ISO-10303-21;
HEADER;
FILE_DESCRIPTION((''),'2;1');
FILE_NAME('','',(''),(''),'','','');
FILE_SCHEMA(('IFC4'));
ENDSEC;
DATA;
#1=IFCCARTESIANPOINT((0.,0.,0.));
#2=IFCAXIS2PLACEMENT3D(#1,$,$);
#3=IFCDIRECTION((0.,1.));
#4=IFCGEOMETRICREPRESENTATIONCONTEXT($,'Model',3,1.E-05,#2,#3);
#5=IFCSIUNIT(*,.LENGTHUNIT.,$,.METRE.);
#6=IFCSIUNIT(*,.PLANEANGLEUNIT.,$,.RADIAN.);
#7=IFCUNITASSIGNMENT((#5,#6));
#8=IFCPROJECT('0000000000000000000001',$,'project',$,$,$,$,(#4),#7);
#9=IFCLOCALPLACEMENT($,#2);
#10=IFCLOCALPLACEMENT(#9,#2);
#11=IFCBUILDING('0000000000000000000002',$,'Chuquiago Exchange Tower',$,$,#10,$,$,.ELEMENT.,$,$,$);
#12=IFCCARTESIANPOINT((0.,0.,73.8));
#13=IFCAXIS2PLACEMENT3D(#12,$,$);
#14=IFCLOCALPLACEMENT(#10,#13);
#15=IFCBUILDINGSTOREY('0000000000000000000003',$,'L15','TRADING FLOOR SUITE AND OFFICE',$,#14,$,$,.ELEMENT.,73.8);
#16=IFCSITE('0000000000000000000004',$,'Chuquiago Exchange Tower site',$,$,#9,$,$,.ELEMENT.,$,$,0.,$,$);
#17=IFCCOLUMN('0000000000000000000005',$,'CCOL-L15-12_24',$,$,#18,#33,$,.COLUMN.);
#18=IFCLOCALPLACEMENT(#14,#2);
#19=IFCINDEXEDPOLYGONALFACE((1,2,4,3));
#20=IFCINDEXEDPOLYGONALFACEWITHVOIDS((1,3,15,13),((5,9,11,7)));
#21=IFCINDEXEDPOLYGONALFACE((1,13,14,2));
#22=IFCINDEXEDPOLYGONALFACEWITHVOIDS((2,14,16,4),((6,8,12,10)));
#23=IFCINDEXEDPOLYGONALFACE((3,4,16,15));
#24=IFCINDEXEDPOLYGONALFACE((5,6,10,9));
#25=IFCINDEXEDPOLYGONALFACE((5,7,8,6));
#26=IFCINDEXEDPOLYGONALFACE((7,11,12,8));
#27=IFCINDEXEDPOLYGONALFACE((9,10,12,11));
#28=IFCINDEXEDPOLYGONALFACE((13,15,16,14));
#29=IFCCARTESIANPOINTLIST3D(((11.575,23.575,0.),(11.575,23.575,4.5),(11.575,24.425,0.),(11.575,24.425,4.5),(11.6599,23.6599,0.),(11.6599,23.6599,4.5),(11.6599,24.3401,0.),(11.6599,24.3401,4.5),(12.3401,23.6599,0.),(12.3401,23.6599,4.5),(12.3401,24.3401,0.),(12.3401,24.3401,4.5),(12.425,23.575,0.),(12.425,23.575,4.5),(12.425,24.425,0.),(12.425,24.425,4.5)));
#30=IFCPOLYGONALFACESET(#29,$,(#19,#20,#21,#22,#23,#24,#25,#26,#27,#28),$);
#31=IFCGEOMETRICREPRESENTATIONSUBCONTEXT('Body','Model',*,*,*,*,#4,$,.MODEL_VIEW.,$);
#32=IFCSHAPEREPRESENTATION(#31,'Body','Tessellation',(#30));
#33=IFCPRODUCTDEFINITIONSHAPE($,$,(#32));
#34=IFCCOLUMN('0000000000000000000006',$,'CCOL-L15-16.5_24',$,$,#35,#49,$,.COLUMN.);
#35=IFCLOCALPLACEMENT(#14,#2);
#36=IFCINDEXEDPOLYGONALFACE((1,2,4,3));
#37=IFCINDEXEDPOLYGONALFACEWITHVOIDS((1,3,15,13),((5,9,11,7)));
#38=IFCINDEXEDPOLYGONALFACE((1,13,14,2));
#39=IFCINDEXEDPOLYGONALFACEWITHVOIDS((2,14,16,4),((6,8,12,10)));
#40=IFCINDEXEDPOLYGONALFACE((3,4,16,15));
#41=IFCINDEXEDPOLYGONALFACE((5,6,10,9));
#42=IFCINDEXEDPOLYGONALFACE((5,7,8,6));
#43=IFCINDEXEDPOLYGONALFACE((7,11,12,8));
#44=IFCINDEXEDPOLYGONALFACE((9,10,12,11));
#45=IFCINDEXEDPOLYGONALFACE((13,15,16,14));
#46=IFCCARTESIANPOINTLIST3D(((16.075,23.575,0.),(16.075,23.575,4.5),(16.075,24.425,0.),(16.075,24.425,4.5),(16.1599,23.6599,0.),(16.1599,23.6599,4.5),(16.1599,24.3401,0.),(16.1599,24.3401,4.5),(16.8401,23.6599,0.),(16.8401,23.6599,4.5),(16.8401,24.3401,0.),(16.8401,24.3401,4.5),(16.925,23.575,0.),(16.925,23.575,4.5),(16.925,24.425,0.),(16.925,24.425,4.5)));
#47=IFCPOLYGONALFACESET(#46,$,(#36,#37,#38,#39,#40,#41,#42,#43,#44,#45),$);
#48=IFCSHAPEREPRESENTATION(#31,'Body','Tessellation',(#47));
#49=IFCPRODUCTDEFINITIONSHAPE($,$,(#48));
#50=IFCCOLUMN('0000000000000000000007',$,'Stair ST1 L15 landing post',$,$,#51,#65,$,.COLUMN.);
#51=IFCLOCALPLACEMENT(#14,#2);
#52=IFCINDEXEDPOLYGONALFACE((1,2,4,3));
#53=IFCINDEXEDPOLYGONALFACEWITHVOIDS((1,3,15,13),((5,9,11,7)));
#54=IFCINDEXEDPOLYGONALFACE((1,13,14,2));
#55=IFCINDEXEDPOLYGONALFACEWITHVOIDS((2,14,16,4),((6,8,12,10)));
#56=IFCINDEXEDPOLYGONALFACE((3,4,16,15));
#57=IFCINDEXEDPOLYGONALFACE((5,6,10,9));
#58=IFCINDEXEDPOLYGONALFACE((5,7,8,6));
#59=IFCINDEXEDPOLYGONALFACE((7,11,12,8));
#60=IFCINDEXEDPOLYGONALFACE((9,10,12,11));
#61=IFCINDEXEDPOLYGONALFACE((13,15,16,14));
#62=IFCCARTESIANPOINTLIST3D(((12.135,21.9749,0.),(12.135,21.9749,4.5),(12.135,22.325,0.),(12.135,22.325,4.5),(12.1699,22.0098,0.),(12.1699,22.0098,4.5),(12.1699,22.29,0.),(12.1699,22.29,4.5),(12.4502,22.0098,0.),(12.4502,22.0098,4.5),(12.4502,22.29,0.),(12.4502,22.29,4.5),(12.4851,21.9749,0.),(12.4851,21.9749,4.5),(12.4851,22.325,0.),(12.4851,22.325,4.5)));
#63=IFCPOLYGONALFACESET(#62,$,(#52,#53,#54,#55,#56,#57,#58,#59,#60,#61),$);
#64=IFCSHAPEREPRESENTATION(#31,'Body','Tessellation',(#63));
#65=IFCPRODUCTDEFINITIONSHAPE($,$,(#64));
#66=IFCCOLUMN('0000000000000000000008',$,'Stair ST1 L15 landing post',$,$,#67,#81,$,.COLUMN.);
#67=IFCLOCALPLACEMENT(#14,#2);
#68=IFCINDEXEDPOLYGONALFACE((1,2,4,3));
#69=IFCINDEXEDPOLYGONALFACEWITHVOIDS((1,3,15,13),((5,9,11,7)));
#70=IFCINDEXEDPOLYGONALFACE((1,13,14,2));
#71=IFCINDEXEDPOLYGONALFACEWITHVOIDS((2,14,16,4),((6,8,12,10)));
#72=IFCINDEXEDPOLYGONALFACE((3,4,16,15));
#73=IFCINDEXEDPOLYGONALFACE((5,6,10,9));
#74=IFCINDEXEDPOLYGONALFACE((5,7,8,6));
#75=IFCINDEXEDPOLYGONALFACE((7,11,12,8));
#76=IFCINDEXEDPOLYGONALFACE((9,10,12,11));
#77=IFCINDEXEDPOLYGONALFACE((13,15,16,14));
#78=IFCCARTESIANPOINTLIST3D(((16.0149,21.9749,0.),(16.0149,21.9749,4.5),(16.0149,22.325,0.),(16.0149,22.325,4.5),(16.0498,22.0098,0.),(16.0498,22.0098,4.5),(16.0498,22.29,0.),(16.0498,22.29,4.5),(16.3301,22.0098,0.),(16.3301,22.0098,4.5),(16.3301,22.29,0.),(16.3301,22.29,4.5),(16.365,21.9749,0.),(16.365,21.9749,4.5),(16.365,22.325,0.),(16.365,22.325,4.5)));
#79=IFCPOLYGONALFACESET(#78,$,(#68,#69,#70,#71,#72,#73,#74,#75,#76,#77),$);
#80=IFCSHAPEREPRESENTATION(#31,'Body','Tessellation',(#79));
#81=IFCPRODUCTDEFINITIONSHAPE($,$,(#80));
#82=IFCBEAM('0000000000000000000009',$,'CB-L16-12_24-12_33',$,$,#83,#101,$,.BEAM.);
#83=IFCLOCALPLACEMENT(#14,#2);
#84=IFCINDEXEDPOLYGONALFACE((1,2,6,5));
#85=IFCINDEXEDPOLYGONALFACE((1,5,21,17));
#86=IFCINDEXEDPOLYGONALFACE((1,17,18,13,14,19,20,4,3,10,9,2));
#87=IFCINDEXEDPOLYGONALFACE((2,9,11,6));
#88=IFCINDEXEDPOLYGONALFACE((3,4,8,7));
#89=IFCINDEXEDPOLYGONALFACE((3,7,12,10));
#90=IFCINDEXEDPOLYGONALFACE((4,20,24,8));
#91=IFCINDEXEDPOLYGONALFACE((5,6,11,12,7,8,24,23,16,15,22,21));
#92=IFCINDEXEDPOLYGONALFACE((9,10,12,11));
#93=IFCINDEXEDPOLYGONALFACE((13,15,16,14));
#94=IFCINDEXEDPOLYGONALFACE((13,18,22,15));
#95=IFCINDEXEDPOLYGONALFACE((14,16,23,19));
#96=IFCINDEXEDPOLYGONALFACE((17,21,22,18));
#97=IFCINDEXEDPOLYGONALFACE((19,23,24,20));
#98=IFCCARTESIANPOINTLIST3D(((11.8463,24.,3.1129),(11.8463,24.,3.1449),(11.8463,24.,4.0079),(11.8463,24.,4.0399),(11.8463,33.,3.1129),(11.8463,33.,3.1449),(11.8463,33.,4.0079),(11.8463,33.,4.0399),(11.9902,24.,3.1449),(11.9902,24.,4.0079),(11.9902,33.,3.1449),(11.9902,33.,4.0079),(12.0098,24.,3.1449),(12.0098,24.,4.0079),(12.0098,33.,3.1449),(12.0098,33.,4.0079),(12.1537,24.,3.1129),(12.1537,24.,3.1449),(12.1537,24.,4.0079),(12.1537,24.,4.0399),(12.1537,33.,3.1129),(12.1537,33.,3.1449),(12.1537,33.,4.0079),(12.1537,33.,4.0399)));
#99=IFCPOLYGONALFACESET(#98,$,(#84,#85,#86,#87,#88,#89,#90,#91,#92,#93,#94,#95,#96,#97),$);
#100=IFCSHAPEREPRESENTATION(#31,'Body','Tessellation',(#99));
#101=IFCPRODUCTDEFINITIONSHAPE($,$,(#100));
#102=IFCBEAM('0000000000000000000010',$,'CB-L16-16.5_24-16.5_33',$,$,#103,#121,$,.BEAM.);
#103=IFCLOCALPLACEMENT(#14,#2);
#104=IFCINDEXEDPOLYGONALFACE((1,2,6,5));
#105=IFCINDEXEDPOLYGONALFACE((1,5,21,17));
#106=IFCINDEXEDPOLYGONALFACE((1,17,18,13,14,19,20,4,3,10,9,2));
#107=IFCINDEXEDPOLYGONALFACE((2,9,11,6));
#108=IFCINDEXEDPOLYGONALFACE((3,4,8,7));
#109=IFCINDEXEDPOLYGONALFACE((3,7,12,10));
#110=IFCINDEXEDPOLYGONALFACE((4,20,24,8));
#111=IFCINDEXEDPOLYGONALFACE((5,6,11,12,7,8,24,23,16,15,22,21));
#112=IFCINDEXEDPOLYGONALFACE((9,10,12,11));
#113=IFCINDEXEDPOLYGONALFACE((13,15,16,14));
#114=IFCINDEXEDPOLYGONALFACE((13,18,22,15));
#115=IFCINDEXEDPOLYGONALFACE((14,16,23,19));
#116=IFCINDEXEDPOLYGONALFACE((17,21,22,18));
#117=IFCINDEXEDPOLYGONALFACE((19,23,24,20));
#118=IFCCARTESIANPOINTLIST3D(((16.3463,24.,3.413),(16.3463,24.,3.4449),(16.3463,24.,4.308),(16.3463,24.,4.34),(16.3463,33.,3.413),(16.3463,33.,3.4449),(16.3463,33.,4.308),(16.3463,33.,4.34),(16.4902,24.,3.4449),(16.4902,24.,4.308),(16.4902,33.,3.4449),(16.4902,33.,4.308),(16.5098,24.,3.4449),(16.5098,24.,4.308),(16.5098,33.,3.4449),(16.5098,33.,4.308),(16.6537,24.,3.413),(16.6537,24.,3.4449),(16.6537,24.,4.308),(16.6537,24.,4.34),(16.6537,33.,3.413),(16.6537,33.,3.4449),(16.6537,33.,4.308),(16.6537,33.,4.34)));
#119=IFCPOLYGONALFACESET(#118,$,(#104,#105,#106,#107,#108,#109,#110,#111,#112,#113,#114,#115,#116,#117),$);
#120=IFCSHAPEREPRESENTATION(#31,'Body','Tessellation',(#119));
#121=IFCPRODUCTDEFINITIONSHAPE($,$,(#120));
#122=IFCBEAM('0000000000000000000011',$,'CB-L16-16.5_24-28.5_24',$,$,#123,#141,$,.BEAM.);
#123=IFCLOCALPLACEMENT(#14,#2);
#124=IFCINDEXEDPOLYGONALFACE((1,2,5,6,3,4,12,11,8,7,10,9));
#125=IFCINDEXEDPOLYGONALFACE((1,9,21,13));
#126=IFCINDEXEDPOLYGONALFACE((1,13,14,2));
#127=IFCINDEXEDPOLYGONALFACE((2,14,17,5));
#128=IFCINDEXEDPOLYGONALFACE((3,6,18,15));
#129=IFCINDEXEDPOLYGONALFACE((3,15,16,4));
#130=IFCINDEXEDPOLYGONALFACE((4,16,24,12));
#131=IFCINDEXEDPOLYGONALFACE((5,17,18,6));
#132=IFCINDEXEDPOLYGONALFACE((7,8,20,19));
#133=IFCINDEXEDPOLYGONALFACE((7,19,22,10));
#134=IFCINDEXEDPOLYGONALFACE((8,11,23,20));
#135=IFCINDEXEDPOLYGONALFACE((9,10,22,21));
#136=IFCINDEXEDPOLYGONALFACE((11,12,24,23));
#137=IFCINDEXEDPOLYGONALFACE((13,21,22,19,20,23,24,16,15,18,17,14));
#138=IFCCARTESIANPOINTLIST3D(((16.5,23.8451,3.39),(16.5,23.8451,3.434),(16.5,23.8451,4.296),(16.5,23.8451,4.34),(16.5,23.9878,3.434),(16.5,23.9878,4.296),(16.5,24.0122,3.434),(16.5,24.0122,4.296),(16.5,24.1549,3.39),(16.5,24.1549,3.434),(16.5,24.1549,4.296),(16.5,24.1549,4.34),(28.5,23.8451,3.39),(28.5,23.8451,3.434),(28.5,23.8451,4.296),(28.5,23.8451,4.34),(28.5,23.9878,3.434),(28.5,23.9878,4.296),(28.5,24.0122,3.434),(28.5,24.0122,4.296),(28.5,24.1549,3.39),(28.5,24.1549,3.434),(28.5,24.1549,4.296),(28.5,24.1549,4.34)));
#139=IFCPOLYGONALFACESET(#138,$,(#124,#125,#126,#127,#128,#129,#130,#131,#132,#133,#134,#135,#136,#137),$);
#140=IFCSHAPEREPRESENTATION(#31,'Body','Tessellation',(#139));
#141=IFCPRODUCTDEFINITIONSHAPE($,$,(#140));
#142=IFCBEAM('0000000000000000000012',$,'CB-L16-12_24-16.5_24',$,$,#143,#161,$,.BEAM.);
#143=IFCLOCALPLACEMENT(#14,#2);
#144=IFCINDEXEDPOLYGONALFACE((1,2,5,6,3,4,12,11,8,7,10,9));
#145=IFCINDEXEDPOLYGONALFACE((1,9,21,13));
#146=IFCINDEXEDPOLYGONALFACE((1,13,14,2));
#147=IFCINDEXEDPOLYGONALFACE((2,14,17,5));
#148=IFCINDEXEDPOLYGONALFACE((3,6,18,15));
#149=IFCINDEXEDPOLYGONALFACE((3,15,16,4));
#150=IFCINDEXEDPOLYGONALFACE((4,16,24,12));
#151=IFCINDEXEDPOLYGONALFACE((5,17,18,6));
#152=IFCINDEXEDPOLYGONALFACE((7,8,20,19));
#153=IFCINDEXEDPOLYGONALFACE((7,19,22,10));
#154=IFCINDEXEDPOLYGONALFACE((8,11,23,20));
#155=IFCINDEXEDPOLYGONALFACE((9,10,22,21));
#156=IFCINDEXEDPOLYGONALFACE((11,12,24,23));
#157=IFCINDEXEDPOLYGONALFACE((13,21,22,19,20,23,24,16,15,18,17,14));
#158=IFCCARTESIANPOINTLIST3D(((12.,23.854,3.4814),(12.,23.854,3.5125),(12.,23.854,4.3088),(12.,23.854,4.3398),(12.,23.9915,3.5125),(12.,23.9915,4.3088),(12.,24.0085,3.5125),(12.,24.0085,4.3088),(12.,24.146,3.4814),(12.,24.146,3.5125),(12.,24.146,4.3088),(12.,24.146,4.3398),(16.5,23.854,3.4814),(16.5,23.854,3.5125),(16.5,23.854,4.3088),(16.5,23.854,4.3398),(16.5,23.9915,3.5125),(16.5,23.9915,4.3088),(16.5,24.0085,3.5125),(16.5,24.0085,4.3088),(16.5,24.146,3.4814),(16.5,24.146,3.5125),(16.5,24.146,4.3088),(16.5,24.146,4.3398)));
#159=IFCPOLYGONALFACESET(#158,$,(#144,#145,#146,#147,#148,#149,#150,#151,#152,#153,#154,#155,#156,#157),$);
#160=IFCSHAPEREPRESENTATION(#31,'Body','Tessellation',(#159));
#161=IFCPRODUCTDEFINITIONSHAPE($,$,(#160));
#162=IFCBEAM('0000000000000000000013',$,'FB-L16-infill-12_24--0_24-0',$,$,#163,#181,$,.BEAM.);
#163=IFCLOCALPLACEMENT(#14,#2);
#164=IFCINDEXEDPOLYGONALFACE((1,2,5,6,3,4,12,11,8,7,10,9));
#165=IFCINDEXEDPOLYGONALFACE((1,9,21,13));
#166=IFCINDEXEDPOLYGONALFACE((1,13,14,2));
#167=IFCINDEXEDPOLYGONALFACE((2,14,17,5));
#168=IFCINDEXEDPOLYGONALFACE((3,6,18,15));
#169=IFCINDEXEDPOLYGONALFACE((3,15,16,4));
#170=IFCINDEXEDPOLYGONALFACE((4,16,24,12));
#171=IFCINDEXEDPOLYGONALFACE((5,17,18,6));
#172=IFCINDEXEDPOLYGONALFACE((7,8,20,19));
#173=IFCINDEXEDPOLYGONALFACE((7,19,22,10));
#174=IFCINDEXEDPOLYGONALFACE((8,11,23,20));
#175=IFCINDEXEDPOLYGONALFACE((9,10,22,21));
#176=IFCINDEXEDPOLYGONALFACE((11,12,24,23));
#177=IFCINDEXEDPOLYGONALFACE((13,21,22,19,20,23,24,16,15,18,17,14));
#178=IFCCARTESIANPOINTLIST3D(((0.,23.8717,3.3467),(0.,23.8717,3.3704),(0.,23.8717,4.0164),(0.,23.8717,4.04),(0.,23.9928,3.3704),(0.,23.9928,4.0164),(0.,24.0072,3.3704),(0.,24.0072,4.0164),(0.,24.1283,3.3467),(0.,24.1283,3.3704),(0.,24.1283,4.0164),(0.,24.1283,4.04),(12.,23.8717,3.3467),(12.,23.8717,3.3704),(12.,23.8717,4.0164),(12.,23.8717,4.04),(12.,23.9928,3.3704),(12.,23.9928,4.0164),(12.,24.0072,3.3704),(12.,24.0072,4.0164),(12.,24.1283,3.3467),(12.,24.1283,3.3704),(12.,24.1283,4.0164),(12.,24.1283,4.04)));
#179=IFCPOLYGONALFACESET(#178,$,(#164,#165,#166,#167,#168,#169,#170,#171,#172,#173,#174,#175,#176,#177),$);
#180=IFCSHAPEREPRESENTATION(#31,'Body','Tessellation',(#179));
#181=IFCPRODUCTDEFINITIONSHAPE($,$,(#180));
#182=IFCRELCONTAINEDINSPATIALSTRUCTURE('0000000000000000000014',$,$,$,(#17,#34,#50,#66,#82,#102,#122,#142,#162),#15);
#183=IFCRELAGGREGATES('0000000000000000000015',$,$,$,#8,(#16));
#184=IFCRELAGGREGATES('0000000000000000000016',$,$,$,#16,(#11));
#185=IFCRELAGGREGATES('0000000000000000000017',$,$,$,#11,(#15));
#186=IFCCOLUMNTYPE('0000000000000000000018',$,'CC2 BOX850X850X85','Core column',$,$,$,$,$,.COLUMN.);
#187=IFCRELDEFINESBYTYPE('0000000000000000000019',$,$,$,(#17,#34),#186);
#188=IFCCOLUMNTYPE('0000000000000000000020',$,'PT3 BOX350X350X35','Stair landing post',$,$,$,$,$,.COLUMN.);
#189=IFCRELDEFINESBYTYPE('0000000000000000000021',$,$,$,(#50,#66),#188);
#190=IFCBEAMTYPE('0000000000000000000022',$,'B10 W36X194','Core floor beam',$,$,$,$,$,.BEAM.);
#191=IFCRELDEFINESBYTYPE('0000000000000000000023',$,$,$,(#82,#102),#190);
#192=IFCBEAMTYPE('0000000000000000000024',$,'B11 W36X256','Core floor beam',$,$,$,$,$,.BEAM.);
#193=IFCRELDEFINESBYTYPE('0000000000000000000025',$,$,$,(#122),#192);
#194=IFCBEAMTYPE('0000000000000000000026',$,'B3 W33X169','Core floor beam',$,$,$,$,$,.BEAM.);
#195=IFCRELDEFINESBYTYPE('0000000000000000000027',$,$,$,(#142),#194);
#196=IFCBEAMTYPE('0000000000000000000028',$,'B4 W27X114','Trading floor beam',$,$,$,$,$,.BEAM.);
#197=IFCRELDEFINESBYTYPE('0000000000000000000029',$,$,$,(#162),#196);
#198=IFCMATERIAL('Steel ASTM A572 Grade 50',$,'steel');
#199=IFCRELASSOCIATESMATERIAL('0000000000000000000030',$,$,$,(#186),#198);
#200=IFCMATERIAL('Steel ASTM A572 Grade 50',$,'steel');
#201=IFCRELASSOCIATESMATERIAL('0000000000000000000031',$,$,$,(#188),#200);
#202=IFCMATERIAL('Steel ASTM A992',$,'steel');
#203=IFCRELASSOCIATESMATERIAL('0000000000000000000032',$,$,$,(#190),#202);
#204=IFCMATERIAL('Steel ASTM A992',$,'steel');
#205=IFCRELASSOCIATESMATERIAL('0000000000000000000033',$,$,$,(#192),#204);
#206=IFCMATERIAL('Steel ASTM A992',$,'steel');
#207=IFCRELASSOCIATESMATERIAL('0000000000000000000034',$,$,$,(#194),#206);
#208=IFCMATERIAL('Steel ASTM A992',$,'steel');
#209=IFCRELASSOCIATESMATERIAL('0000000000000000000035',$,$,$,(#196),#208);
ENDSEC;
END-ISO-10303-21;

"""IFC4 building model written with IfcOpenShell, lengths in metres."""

from ifc_helpers import new_model, si_unit, direction, frame, origin, origin_2d, place, context, subcontext, project, spatial, hollow_rectangle, i_section, extrude, material, material_profile, profile_set, type_object, element, save


model = new_model("IFC4")

# Units and contexts
model_context = context("Model", 3, precision=1e-05, world=origin(), true_north=direction((0.0, 1.0)))
body_context = subcontext(model_context, "Body", "Model", "MODEL_VIEW")
ifc_project = project(units=[si_unit("LENGTHUNIT", "METRE"), si_unit("PLANEANGLEUNIT", "RADIAN")], contexts=[model_context])

# Site, building, storey
site_placement = place(None, origin())
site = spatial("IfcSite", under=ifc_project, at=site_placement, Name="Chuquiago Exchange Tower site", CompositionType="ELEMENT", RefElevation=0.0)
building_placement = place(site_placement, origin())
building = spatial("IfcBuilding", under=site, at=building_placement, Name="Chuquiago Exchange Tower", CompositionType="ELEMENT")
storey_placement = place(building_placement, frame((0.0, 0.0, 73.8)))
storey = spatial("IfcBuildingStorey", under=building, at=storey_placement, Name="L15", Description="TRADING FLOOR SUITE AND OFFICE", CompositionType="ELEMENT", Elevation=73.8)

# Columns
ifc_material_1 = material(Name="Steel ASTM A572 Grade 50", Category="steel")
ifc_material_profile_1 = material_profile(ifc_material_1, hollow_rectangle(XDim=0.8501, YDim=0.8501, WallThickness=0.085, at=origin_2d()), Name="BOX850X850X85")
ifc_profile_set_1 = profile_set([ifc_material_profile_1], Name="Steel ASTM A572 Grade 50")
column_type_1 = type_object("IfcColumnType", Name="CC2 BOX850X850X85", Description="Core column", PredefinedType="COLUMN", material=ifc_profile_set_1)
for number, where, z_axis, x_axis, name in (
    (1, (12.0, 24.0, 0.0), (0.0, 0.0, 1.0), (1.0, 0.0, 0.0), "CCOL-L15-12_24"),
    (2, (16.5, 24.0, 0.0), (0.0, 0.0, 1.0), (1.0, 0.0, 0.0), "CCOL-L15-16.5_24"),
):
    element("IfcColumn", number, at=place(storey_placement, frame(where, z_axis=z_axis, x_axis=x_axis)), inside=storey, type_object=column_type_1, Name=name, PredefinedType="COLUMN", context=body_context, shape_type="SweptSolid", body=[
        extrude(hollow_rectangle(XDim=0.8501, YDim=0.8501, WallThickness=0.085, at=origin_2d()), origin(), (0.0, 0.0, 1.0), 4.5),
    ])
ifc_material_2 = material(Name="Steel ASTM A572 Grade 50", Category="steel")
ifc_material_profile_2 = material_profile(ifc_material_2, hollow_rectangle(XDim=0.3501, YDim=0.3501, WallThickness=0.0349, at=origin_2d()), Name="BOX350X350X35")
ifc_profile_set_2 = profile_set([ifc_material_profile_2], Name="Steel ASTM A572 Grade 50")
column_type_2 = type_object("IfcColumnType", Name="PT3 BOX350X350X35", Description="Stair landing post", PredefinedType="COLUMN", material=ifc_profile_set_2)
for number, where, z_axis, x_axis, name in (
    (3, (12.3101, 22.1499, 0.0), (0.0, 0.0, 1.0), (1.0, 0.0, 0.0), "Stair ST1 L15 landing post"),
    (4, (16.1899, 22.1499, 0.0), (0.0, 0.0, 1.0), (1.0, 0.0, 0.0), "Stair ST1 L15 landing post"),
):
    element("IfcColumn", number, at=place(storey_placement, frame(where, z_axis=z_axis, x_axis=x_axis)), inside=storey, type_object=column_type_2, Name=name, PredefinedType="COLUMN", context=body_context, shape_type="SweptSolid", body=[
        extrude(hollow_rectangle(XDim=0.3501, YDim=0.3501, WallThickness=0.0349, at=origin_2d()), origin(), (0.0, 0.0, 1.0), 4.5),
    ])

# Beams
ifc_material_3 = material(Name="Steel ASTM A992", Category="steel")
ifc_material_profile_3 = material_profile(ifc_material_3, i_section(OverallWidth=0.3074, OverallDepth=0.927, WebThickness=0.0195, FlangeThickness=0.032, at=origin_2d()), Name="W36X194")
ifc_profile_set_3 = profile_set([ifc_material_profile_3], Name="Steel ASTM A992")
beam_type_1 = type_object("IfcBeamType", Name="B10 W36X194", Description="Core floor beam", PredefinedType="BEAM", material=ifc_profile_set_3)
for number, where, z_axis, x_axis, name in (
    (5, (12.0, 24.0, 3.5764), (0.0, 1.0, 0.0), (-1.0, 0.0, 0.0), "CB-L16-12_24-12_33"),
    (6, (16.5, 24.0, 3.8765), (0.0, 1.0, 0.0), (-1.0, 0.0, 0.0), "CB-L16-16.5_24-16.5_33"),
):
    element("IfcBeam", number, at=place(storey_placement, frame(where, z_axis=z_axis, x_axis=x_axis)), inside=storey, type_object=beam_type_1, Name=name, PredefinedType="BEAM", context=body_context, shape_type="SweptSolid", body=[
        extrude(i_section(OverallWidth=0.3074, OverallDepth=0.927, WebThickness=0.0195, FlangeThickness=0.032, at=origin_2d()), origin(), (0.0, 0.0, 1.0), 9.0),
    ])
ifc_material_4 = material(Name="Steel ASTM A992", Category="steel")
ifc_material_profile_4 = material_profile(ifc_material_4, i_section(OverallWidth=0.3098, OverallDepth=0.95, WebThickness=0.0244, FlangeThickness=0.0439, at=origin_2d()), Name="W36X256")
ifc_profile_set_4 = profile_set([ifc_material_profile_4], Name="Steel ASTM A992")
beam_type_2 = type_object("IfcBeamType", Name="B11 W36X256", Description="Core floor beam", PredefinedType="BEAM", material=ifc_profile_set_4)
beam_1_placement = place(storey_placement, frame((16.5, 24.0, 3.865), z_axis=(1.0, 0.0, 0.0), x_axis=(0.0, 1.0, 0.0)))
element("IfcBeam", 7, at=beam_1_placement, inside=storey, type_object=beam_type_2, Name="CB-L16-16.5_24-28.5_24", PredefinedType="BEAM", context=body_context, shape_type="SweptSolid", body=[
    extrude(i_section(OverallWidth=0.3098, OverallDepth=0.95, WebThickness=0.0244, FlangeThickness=0.0439, at=origin_2d()), origin(), (0.0, 0.0, 1.0), 12.0),
])
ifc_material_5 = material(Name="Steel ASTM A992", Category="steel")
ifc_material_profile_5 = material_profile(ifc_material_5, i_section(OverallWidth=0.292, OverallDepth=0.8584, WebThickness=0.0171, FlangeThickness=0.031, at=origin_2d()), Name="W33X169")
ifc_profile_set_5 = profile_set([ifc_material_profile_5], Name="Steel ASTM A992")
beam_type_3 = type_object("IfcBeamType", Name="B3 W33X169", Description="Core floor beam", PredefinedType="BEAM", material=ifc_profile_set_5)
beam_2_placement = place(storey_placement, frame((12.0, 24.0, 3.9106), z_axis=(1.0, 0.0, 0.0), x_axis=(0.0, 1.0, 0.0)))
element("IfcBeam", 8, at=beam_2_placement, inside=storey, type_object=beam_type_3, Name="CB-L16-12_24-16.5_24", PredefinedType="BEAM", context=body_context, shape_type="SweptSolid", body=[
    extrude(i_section(OverallWidth=0.292, OverallDepth=0.8584, WebThickness=0.0171, FlangeThickness=0.031, at=origin_2d()), origin(), (0.0, 0.0, 1.0), 4.5),
])
ifc_material_6 = material(Name="Steel ASTM A992", Category="steel")
ifc_material_profile_6 = material_profile(ifc_material_6, i_section(OverallWidth=0.2566, OverallDepth=0.6934, WebThickness=0.0144, FlangeThickness=0.0237, at=origin_2d()), Name="W27X114")
ifc_profile_set_6 = profile_set([ifc_material_profile_6], Name="Steel ASTM A992")
beam_type_4 = type_object("IfcBeamType", Name="B4 W27X114", Description="Trading floor beam", PredefinedType="BEAM", material=ifc_profile_set_6)
for number, where, z_axis, x_axis, name in (
    (9, (12.0, 24.0, 3.6934), (-1.0, 0.0, 0.0), (0.0, -1.0, 0.0), "FB-L16-infill-12_24--0_24-0"),
):
    element("IfcBeam", number, at=place(storey_placement, frame(where, z_axis=z_axis, x_axis=x_axis)), inside=storey, type_object=beam_type_4, Name=name, PredefinedType="BEAM", context=body_context, shape_type="SweptSolid", body=[
        extrude(i_section(OverallWidth=0.2566, OverallDepth=0.6934, WebThickness=0.0144, FlangeThickness=0.0237, at=origin_2d()), origin(), (0.0, 0.0, 1.0), 12.0),
    ])

save(model, "model.ifc")
